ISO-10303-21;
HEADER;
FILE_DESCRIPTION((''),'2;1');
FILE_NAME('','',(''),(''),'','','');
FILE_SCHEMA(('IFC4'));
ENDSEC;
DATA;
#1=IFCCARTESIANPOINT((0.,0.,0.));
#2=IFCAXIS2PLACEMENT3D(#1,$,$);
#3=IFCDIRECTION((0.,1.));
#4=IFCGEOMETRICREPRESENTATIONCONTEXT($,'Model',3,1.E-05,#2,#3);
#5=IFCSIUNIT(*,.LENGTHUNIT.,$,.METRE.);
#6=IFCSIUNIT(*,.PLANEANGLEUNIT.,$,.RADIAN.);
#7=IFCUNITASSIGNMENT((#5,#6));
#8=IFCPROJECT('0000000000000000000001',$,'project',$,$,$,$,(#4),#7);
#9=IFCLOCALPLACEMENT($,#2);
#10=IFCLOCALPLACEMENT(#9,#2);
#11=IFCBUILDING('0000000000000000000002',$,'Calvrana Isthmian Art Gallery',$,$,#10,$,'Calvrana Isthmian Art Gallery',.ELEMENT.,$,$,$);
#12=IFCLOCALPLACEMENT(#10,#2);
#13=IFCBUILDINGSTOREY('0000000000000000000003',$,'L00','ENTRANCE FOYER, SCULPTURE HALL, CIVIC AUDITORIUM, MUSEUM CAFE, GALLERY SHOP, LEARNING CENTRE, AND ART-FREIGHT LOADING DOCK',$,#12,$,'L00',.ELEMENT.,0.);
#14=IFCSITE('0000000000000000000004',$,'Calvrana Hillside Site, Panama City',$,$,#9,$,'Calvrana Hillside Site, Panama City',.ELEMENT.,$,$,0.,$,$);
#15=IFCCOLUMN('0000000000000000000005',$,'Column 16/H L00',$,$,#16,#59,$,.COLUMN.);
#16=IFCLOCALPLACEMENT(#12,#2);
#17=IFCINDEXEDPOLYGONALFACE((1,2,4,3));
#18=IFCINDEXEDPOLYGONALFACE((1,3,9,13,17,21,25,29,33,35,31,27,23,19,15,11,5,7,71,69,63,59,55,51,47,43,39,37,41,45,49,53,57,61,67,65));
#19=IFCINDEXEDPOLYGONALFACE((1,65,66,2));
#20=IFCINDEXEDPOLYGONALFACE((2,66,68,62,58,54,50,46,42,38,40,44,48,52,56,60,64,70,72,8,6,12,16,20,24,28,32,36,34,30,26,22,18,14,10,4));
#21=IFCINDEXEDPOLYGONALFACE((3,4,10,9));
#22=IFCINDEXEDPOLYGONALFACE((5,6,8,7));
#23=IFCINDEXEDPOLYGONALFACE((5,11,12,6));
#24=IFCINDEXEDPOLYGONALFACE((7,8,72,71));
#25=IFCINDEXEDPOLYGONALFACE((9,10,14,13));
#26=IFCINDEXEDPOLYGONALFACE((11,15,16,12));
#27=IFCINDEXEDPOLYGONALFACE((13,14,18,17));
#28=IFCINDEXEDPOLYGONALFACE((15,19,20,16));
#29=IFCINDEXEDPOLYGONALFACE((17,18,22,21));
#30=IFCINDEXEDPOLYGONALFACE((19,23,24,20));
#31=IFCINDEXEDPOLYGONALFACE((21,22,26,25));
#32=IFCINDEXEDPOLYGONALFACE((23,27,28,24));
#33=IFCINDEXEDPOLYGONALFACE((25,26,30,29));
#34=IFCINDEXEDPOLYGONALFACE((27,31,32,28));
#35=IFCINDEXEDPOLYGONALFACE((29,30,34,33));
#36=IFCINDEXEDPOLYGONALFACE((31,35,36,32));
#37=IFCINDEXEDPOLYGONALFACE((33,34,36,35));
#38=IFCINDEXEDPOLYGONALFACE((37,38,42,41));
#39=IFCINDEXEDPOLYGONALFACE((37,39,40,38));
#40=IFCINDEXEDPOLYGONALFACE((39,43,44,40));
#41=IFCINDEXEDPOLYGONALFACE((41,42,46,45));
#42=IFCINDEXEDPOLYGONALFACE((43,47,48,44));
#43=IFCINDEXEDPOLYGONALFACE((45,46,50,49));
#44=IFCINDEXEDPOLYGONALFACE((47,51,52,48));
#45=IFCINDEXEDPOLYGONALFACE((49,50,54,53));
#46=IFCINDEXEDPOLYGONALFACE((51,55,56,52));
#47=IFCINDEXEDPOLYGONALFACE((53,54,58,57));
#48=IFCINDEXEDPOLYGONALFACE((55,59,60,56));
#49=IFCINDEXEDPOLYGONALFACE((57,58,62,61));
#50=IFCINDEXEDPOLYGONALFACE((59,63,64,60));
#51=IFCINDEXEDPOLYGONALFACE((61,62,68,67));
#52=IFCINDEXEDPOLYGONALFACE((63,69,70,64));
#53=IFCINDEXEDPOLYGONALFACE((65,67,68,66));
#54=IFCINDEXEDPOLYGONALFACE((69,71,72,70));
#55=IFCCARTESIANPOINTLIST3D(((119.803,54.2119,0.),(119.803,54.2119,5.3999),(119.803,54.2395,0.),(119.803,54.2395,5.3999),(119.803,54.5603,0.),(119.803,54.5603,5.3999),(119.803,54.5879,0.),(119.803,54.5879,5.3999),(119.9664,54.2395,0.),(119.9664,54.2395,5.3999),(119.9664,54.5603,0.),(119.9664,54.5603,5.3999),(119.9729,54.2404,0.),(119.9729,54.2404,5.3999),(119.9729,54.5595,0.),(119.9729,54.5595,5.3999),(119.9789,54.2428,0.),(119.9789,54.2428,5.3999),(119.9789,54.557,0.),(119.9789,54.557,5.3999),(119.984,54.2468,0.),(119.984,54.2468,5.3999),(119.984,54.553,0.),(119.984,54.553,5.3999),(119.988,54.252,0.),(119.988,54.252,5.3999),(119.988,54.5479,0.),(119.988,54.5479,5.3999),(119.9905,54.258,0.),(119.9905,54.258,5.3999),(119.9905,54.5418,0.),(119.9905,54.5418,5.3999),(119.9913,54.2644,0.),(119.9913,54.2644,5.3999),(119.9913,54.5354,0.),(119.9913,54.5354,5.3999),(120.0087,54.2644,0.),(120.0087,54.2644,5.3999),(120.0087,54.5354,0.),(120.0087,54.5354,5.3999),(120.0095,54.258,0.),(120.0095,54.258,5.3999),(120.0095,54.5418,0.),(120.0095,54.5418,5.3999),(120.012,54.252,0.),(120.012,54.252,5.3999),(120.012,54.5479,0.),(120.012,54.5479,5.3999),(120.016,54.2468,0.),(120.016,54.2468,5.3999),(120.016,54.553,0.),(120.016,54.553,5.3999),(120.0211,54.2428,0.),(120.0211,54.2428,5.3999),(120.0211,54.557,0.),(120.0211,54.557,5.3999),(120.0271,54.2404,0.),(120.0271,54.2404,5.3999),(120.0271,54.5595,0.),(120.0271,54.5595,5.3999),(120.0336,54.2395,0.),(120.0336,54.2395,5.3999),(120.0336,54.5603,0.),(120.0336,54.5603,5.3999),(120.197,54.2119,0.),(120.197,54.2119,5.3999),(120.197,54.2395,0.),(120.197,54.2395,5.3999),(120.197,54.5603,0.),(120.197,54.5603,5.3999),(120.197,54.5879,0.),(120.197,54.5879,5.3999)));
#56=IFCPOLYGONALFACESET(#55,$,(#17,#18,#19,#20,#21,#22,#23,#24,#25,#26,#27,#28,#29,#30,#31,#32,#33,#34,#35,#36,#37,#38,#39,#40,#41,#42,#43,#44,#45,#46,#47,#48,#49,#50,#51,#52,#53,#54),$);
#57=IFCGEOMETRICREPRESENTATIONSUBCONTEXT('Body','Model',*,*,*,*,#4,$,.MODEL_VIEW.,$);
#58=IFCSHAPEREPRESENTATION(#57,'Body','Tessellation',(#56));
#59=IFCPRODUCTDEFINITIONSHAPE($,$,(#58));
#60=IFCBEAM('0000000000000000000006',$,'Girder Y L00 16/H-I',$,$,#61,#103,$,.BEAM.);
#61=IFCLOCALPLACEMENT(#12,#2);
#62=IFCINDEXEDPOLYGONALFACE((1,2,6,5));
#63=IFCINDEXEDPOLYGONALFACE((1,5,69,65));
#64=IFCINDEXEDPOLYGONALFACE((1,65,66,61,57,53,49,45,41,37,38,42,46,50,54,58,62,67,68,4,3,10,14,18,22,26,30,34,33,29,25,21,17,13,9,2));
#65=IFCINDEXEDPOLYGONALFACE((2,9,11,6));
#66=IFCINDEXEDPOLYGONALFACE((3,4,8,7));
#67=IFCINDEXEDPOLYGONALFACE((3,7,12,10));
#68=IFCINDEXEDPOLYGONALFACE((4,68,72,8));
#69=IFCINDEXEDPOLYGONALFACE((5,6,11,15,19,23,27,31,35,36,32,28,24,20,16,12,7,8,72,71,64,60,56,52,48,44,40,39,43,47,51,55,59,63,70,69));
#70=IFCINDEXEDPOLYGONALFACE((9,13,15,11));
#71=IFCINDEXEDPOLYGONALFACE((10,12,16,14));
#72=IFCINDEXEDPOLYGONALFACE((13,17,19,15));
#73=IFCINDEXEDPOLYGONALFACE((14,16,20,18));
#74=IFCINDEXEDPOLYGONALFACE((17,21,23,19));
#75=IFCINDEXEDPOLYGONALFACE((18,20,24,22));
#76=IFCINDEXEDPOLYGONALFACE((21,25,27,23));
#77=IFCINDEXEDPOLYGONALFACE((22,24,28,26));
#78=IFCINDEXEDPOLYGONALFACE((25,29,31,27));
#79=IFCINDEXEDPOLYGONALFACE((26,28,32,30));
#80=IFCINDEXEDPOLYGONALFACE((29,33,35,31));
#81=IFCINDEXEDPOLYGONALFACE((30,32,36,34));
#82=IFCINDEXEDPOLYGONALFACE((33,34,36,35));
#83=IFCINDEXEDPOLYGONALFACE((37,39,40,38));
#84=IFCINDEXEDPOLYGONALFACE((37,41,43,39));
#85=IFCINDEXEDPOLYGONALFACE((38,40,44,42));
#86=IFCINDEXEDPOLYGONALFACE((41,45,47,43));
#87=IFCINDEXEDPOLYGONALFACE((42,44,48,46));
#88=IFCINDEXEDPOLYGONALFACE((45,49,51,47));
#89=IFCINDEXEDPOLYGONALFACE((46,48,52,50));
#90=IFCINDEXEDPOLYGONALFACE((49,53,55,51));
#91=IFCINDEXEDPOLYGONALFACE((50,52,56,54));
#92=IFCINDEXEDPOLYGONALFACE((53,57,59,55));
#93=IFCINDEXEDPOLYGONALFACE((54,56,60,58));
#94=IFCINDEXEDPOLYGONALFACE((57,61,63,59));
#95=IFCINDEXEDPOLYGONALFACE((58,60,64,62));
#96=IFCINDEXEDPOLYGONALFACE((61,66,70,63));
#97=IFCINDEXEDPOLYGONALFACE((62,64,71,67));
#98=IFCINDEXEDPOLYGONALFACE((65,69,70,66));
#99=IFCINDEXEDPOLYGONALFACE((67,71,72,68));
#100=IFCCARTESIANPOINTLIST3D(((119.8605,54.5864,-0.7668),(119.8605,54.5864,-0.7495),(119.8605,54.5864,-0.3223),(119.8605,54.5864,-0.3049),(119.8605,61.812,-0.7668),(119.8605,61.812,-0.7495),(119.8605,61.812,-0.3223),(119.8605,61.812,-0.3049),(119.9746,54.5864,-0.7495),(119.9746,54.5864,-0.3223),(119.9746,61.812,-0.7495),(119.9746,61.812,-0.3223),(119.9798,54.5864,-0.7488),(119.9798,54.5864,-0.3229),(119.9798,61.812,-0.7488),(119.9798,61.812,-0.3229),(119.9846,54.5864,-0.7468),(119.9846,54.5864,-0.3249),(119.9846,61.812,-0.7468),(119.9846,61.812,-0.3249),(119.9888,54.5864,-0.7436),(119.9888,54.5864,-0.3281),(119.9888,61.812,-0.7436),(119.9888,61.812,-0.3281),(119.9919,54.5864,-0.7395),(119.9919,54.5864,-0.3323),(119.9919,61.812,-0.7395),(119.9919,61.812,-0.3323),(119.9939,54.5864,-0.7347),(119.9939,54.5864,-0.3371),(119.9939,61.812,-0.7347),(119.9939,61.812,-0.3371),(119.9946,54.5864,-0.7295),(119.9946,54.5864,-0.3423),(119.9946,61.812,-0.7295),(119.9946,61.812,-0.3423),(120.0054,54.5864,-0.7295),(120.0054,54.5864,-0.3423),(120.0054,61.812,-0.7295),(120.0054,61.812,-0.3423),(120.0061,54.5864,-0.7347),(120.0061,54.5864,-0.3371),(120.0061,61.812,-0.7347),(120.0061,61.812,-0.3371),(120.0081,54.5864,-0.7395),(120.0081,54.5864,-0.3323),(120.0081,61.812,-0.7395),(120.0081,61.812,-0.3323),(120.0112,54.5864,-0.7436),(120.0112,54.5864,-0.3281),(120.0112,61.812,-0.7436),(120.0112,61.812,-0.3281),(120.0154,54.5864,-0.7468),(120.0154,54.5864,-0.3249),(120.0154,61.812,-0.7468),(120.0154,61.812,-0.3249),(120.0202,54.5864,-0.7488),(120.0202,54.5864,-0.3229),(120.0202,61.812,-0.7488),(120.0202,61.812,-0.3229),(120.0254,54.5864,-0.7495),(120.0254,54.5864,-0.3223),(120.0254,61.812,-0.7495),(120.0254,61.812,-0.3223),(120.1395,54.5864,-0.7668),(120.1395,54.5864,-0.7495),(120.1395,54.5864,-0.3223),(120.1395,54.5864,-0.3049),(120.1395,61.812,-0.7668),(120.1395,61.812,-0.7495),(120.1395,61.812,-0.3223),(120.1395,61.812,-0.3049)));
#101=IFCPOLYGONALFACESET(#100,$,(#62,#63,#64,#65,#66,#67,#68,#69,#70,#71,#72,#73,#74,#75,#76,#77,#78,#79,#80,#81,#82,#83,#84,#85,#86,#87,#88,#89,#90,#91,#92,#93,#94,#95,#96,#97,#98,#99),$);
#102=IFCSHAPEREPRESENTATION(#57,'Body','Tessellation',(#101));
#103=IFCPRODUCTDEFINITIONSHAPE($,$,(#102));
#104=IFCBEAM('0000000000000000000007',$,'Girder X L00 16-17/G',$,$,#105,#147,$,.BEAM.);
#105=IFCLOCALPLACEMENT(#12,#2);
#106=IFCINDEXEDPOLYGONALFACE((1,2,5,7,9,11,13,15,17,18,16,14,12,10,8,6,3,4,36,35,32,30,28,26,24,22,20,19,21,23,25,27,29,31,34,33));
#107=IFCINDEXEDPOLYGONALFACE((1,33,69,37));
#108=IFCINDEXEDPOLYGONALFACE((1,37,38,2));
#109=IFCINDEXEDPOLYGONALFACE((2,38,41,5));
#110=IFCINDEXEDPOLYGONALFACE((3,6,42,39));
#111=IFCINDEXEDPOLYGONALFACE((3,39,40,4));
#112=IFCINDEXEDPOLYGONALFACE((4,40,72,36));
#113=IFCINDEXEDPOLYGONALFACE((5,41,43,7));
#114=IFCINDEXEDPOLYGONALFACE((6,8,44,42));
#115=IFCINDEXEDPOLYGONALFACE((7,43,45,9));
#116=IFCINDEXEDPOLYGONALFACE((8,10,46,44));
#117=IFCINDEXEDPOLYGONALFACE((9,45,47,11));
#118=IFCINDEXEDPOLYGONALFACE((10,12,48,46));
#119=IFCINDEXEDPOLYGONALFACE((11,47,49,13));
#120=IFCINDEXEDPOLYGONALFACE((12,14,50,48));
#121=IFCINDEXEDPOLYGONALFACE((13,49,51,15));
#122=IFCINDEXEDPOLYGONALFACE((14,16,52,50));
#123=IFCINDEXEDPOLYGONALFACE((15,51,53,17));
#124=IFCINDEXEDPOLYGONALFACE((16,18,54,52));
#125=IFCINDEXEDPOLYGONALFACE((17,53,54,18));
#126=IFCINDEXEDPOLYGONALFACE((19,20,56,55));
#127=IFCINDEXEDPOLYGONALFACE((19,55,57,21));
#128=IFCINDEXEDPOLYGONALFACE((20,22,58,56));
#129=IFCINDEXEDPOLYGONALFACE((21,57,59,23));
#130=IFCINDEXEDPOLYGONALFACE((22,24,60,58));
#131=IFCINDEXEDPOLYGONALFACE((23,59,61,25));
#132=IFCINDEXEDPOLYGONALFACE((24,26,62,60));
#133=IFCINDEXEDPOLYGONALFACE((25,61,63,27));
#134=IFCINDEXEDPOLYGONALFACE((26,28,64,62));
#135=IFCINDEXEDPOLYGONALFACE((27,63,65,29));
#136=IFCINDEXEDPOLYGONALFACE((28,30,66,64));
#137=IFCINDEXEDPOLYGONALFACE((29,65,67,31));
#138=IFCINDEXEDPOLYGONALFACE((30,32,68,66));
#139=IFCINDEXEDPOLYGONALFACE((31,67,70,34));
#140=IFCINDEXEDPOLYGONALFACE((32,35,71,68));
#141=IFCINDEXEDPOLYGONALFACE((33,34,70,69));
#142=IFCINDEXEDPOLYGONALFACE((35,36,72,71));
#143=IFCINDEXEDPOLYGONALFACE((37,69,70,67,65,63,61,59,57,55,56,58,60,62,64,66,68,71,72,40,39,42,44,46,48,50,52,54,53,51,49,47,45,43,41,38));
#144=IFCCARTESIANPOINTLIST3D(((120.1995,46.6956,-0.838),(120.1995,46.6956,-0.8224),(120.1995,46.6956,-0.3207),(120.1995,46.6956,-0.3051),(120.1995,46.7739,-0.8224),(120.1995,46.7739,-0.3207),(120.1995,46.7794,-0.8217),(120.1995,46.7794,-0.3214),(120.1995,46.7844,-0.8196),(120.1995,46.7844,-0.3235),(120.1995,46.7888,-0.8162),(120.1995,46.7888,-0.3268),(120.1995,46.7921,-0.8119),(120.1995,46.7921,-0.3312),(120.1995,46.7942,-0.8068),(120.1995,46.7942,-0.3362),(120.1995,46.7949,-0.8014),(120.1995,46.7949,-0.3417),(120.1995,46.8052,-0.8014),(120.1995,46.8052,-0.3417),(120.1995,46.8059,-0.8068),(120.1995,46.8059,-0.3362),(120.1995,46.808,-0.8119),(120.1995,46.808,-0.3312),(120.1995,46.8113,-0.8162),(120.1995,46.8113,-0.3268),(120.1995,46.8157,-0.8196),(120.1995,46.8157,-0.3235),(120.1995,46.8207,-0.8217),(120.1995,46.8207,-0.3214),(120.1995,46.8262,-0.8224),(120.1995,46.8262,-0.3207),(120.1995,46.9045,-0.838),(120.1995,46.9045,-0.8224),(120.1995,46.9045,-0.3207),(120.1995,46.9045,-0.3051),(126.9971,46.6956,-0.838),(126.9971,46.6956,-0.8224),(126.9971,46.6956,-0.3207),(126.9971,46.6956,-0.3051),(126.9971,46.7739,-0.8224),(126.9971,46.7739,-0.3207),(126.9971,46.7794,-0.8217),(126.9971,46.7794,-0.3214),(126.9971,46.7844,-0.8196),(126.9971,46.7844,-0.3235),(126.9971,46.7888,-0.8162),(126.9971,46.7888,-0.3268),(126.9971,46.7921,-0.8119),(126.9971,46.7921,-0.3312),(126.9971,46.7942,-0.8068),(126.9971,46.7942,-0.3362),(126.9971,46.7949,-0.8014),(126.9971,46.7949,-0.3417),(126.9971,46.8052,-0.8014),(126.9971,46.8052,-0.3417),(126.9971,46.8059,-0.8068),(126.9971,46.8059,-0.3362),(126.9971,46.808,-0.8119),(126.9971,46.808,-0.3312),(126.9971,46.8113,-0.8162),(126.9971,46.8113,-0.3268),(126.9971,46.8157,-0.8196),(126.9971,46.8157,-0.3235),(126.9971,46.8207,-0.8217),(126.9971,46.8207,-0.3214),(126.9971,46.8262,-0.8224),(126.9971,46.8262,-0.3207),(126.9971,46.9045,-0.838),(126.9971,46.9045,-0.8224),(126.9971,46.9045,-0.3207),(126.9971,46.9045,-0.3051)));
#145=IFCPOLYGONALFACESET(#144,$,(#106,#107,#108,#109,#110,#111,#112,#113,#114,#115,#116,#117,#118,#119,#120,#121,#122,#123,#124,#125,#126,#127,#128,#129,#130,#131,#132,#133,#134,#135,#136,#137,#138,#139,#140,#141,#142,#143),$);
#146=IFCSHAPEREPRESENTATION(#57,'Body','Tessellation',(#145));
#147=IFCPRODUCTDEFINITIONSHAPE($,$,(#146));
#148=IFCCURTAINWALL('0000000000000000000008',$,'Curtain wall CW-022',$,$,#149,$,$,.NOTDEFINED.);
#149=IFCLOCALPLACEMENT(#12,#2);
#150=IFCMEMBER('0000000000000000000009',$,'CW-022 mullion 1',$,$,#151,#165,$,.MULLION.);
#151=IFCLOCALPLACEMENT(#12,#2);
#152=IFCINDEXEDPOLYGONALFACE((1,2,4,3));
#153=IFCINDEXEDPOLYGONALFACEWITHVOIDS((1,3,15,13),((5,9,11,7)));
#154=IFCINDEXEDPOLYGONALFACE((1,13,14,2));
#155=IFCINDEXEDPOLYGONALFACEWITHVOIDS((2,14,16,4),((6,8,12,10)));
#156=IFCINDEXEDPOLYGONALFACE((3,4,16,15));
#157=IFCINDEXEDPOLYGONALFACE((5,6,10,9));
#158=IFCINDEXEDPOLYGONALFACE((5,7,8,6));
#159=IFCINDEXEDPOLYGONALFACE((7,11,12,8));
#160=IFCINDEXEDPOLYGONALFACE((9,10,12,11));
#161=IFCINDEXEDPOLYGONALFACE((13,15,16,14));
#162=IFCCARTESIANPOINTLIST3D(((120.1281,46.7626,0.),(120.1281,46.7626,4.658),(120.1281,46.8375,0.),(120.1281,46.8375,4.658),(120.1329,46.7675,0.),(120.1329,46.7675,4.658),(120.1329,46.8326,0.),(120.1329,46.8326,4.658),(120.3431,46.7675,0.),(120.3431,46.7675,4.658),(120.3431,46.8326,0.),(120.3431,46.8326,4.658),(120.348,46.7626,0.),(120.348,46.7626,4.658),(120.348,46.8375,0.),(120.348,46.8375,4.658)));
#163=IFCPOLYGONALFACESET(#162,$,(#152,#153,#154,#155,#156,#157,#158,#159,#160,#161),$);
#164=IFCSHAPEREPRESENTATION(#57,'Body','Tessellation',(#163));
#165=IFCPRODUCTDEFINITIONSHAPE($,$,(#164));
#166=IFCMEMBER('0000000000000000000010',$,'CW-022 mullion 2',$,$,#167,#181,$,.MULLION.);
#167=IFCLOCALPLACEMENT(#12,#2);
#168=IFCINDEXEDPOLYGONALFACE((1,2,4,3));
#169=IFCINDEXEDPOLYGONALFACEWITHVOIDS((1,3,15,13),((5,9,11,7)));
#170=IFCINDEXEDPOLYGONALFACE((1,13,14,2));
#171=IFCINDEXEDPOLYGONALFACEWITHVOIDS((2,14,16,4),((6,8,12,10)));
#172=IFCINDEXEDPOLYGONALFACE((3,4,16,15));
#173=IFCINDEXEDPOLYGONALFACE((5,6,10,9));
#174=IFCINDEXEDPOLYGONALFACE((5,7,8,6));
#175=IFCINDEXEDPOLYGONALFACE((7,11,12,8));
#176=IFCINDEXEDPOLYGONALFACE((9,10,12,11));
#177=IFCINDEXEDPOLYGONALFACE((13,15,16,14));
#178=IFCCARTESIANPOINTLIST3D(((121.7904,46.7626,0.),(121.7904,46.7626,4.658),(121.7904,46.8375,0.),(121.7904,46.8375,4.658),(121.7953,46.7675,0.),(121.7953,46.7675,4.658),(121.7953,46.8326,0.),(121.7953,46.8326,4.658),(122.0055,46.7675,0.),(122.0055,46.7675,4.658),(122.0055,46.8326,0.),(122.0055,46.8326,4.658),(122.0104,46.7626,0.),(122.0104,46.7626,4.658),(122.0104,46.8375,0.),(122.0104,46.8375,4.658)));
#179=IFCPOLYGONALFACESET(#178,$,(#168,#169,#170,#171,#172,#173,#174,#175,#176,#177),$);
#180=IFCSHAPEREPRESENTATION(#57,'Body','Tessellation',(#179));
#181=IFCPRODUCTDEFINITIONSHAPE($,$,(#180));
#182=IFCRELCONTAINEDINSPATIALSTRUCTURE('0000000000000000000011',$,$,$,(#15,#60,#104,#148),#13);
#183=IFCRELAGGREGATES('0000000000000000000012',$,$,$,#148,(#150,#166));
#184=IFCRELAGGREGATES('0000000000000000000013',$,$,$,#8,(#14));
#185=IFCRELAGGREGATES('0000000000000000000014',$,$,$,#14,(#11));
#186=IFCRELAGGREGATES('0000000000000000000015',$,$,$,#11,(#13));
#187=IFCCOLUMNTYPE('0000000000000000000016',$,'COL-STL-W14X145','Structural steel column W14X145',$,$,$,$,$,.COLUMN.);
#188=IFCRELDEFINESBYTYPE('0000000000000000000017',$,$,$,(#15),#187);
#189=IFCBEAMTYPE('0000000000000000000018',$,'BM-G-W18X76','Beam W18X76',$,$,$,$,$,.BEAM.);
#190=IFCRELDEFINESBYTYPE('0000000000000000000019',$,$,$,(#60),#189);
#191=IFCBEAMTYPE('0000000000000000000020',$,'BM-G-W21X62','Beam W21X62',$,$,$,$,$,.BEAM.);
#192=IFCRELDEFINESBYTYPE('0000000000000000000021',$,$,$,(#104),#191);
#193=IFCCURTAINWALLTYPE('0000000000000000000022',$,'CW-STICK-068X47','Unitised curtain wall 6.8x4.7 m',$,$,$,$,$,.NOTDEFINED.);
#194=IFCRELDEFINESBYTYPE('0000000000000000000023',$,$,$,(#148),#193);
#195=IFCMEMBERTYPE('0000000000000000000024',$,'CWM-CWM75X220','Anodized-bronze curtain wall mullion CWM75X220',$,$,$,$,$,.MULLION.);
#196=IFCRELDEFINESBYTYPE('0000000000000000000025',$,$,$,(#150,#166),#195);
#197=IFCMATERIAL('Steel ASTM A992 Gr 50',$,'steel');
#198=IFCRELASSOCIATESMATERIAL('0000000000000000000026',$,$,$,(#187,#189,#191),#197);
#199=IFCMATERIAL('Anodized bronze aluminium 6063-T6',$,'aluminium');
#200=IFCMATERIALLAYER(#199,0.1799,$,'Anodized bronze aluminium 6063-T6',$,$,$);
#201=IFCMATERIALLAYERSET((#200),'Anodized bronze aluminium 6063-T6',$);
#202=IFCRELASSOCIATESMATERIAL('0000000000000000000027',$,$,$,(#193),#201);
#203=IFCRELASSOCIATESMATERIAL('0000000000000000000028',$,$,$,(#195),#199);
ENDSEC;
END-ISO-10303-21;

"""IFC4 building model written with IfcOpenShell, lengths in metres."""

from ifc_helpers import new_model, si_unit, direction, frame, origin, origin_2d, place, context, subcontext, project, spatial, hollow_rectangle, i_section, extrude, material, layer, layer_set, material_profile, profile_set, type_object, element, aggregate, save


model = new_model("IFC4")

# Units and contexts
model_context = context("Model", 3, precision=1e-05, world=origin(), true_north=direction((0.0, 1.0)))
body_context = subcontext(model_context, "Body", "Model", "MODEL_VIEW")
ifc_project = project(units=[si_unit("LENGTHUNIT", "METRE"), si_unit("PLANEANGLEUNIT", "RADIAN")], contexts=[model_context])

# Site, building, storey
site_placement = place(None, origin())
site = spatial("IfcSite", under=ifc_project, at=site_placement, Name="Calvrana Hillside Site, Panama City", LongName="Calvrana Hillside Site, Panama City", CompositionType="ELEMENT", RefElevation=0.0)
building_placement = place(site_placement, origin())
building = spatial("IfcBuilding", under=site, at=building_placement, Name="Calvrana Isthmian Art Gallery", LongName="Calvrana Isthmian Art Gallery", CompositionType="ELEMENT")
storey_placement = place(building_placement, origin())
storey = spatial("IfcBuildingStorey", under=building, at=storey_placement, Name="L00", Description="ENTRANCE FOYER, SCULPTURE HALL, CIVIC AUDITORIUM, MUSEUM CAFE, GALLERY SHOP, LEARNING CENTRE, AND ART-FREIGHT LOADING DOCK", LongName="L00", CompositionType="ELEMENT", Elevation=0.0)

# Column
ifc_material_1 = material(Name="Steel ASTM A992 Gr 50", Category="steel")
ifc_material_profile_1 = material_profile(ifc_material_1, i_section(OverallWidth=0.394, OverallDepth=0.376, WebThickness=0.0173, FlangeThickness=0.0276, FilletRadius=0.0249, at=origin_2d()), Name="W14X145")
ifc_profile_set_1 = profile_set([ifc_material_profile_1], Name="Steel ASTM A992 Gr 50")
column_type = type_object("IfcColumnType", Name="COL-STL-W14X145", Description="Structural steel column W14X145", PredefinedType="COLUMN", material=ifc_profile_set_1)
column_placement = place(storey_placement, frame((120.0, 54.3999, 0.0), z_axis=(0.0, 0.0, 1.0), x_axis=(1.0, 0.0, 0.0)))
element("IfcColumn", 1, at=column_placement, inside=storey, type_object=column_type, Name="Column 16/H L00", PredefinedType="COLUMN", context=body_context, shape_type="SweptSolid", body=[
    extrude(i_section(OverallWidth=0.394, OverallDepth=0.376, WebThickness=0.0173, FlangeThickness=0.0276, FilletRadius=0.0249, at=origin_2d()), origin(), (0.0, 0.0, 1.0), 5.3999),
])

# Beams
ifc_material_profile_2 = material_profile(ifc_material_1, i_section(OverallWidth=0.2791, OverallDepth=0.4619, WebThickness=0.0107, FlangeThickness=0.0173, FilletRadius=0.02, at=origin_2d()), Name="W18X76")
ifc_profile_set_2 = profile_set([ifc_material_profile_2], Name="Steel ASTM A992 Gr 50")
beam_type_1 = type_object("IfcBeamType", Name="BM-G-W18X76", Description="Beam W18X76", PredefinedType="BEAM", material=ifc_profile_set_2)
beam_1_placement = place(storey_placement, frame((120.0, 54.5864, -0.5359), z_axis=(0.0, 1.0, 0.0), x_axis=(-1.0, 0.0, 0.0)))
element("IfcBeam", 2, at=beam_1_placement, inside=storey, type_object=beam_type_1, Name="Girder Y L00 16/H-I", PredefinedType="BEAM", context=body_context, shape_type="SweptSolid", body=[
    extrude(i_section(OverallWidth=0.2791, OverallDepth=0.4619, WebThickness=0.0107, FlangeThickness=0.0173, FilletRadius=0.02, at=origin_2d()), origin(), (0.0, 0.0, 1.0), 7.2256),
])
ifc_material_profile_3 = material_profile(ifc_material_1, i_section(OverallWidth=0.209, OverallDepth=0.533, WebThickness=0.0103, FlangeThickness=0.0156, FilletRadius=0.021, at=origin_2d()), Name="W21X62")
ifc_profile_set_3 = profile_set([ifc_material_profile_3], Name="Steel ASTM A992 Gr 50")
beam_type_2 = type_object("IfcBeamType", Name="BM-G-W21X62", Description="Beam W21X62", PredefinedType="BEAM", material=ifc_profile_set_3)
beam_2_placement = place(storey_placement, frame((120.1995, 46.8, -0.5715), z_axis=(1.0, 0.0, 0.0), x_axis=(0.0, 1.0, 0.0)))
element("IfcBeam", 3, at=beam_2_placement, inside=storey, type_object=beam_type_2, Name="Girder X L00 16-17/G", PredefinedType="BEAM", context=body_context, shape_type="SweptSolid", body=[
    extrude(i_section(OverallWidth=0.209, OverallDepth=0.533, WebThickness=0.0103, FlangeThickness=0.0156, FilletRadius=0.021, at=origin_2d()), origin(), (0.0, 0.0, 1.0), 6.7976),
])

# Curtain wall, members
ifc_material_2 = material(Name="Anodized bronze aluminium 6063-T6", Category="aluminium")
ifc_layer_1 = layer(ifc_material_2, 0.1799, Name="Anodized bronze aluminium 6063-T6")
ifc_layer_set_1 = layer_set([ifc_layer_1], Name="Anodized bronze aluminium 6063-T6")
curtain_wall_type_1 = type_object("IfcCurtainWallType", Name="CW-STICK-068X47", Description="Unitised curtain wall 6.8x4.7 m", PredefinedType="NOTDEFINED", material=ifc_layer_set_1)
curtain_wall_1_placement = place(storey_placement, origin())
curtain_wall_1 = element("IfcCurtainWall", 4, at=curtain_wall_1_placement, inside=storey, type_object=curtain_wall_type_1, Name="Curtain wall CW-022", PredefinedType="NOTDEFINED")
ifc_material_profile_4 = material_profile(ifc_material_2, hollow_rectangle(XDim=0.075, YDim=0.22, WallThickness=0.0049, at=origin_2d()), Name="CWM75X220")
ifc_profile_set_4 = profile_set([ifc_material_profile_4], Name="Anodized bronze aluminium 6063-T6")
member_type_1 = type_object("IfcMemberType", Name="CWM-CWM75X220", Description="Anodized-bronze curtain wall mullion CWM75X220", PredefinedType="MULLION", material=ifc_profile_set_4)
member_1_placement = place(storey_placement, frame((120.238, 46.8, 0.0), z_axis=(0.0, 0.0, 1.0), x_axis=(0.0, 1.0, 0.0)))
member_1 = element("IfcMember", 5, at=member_1_placement, type_object=member_type_1, Name="CW-022 mullion 1", PredefinedType="MULLION", context=body_context, shape_type="SweptSolid", body=[
    extrude(hollow_rectangle(XDim=0.075, YDim=0.22, WallThickness=0.0049, at=origin_2d()), origin(), (0.0, 0.0, 1.0), 4.658),
])
member_2_placement = place(storey_placement, frame((121.9004, 46.8, 0.0), z_axis=(0.0, 0.0, 1.0), x_axis=(0.0, 1.0, 0.0)))
member_2 = element("IfcMember", 6, at=member_2_placement, type_object=member_type_1, Name="CW-022 mullion 2", PredefinedType="MULLION", context=body_context, shape_type="SweptSolid", body=[
    extrude(hollow_rectangle(XDim=0.075, YDim=0.22, WallThickness=0.0049, at=origin_2d()), origin(), (0.0, 0.0, 1.0), 4.658),
])

aggregate(curtain_wall_1, [member_1, member_2])

save(model, "model.ifc")
